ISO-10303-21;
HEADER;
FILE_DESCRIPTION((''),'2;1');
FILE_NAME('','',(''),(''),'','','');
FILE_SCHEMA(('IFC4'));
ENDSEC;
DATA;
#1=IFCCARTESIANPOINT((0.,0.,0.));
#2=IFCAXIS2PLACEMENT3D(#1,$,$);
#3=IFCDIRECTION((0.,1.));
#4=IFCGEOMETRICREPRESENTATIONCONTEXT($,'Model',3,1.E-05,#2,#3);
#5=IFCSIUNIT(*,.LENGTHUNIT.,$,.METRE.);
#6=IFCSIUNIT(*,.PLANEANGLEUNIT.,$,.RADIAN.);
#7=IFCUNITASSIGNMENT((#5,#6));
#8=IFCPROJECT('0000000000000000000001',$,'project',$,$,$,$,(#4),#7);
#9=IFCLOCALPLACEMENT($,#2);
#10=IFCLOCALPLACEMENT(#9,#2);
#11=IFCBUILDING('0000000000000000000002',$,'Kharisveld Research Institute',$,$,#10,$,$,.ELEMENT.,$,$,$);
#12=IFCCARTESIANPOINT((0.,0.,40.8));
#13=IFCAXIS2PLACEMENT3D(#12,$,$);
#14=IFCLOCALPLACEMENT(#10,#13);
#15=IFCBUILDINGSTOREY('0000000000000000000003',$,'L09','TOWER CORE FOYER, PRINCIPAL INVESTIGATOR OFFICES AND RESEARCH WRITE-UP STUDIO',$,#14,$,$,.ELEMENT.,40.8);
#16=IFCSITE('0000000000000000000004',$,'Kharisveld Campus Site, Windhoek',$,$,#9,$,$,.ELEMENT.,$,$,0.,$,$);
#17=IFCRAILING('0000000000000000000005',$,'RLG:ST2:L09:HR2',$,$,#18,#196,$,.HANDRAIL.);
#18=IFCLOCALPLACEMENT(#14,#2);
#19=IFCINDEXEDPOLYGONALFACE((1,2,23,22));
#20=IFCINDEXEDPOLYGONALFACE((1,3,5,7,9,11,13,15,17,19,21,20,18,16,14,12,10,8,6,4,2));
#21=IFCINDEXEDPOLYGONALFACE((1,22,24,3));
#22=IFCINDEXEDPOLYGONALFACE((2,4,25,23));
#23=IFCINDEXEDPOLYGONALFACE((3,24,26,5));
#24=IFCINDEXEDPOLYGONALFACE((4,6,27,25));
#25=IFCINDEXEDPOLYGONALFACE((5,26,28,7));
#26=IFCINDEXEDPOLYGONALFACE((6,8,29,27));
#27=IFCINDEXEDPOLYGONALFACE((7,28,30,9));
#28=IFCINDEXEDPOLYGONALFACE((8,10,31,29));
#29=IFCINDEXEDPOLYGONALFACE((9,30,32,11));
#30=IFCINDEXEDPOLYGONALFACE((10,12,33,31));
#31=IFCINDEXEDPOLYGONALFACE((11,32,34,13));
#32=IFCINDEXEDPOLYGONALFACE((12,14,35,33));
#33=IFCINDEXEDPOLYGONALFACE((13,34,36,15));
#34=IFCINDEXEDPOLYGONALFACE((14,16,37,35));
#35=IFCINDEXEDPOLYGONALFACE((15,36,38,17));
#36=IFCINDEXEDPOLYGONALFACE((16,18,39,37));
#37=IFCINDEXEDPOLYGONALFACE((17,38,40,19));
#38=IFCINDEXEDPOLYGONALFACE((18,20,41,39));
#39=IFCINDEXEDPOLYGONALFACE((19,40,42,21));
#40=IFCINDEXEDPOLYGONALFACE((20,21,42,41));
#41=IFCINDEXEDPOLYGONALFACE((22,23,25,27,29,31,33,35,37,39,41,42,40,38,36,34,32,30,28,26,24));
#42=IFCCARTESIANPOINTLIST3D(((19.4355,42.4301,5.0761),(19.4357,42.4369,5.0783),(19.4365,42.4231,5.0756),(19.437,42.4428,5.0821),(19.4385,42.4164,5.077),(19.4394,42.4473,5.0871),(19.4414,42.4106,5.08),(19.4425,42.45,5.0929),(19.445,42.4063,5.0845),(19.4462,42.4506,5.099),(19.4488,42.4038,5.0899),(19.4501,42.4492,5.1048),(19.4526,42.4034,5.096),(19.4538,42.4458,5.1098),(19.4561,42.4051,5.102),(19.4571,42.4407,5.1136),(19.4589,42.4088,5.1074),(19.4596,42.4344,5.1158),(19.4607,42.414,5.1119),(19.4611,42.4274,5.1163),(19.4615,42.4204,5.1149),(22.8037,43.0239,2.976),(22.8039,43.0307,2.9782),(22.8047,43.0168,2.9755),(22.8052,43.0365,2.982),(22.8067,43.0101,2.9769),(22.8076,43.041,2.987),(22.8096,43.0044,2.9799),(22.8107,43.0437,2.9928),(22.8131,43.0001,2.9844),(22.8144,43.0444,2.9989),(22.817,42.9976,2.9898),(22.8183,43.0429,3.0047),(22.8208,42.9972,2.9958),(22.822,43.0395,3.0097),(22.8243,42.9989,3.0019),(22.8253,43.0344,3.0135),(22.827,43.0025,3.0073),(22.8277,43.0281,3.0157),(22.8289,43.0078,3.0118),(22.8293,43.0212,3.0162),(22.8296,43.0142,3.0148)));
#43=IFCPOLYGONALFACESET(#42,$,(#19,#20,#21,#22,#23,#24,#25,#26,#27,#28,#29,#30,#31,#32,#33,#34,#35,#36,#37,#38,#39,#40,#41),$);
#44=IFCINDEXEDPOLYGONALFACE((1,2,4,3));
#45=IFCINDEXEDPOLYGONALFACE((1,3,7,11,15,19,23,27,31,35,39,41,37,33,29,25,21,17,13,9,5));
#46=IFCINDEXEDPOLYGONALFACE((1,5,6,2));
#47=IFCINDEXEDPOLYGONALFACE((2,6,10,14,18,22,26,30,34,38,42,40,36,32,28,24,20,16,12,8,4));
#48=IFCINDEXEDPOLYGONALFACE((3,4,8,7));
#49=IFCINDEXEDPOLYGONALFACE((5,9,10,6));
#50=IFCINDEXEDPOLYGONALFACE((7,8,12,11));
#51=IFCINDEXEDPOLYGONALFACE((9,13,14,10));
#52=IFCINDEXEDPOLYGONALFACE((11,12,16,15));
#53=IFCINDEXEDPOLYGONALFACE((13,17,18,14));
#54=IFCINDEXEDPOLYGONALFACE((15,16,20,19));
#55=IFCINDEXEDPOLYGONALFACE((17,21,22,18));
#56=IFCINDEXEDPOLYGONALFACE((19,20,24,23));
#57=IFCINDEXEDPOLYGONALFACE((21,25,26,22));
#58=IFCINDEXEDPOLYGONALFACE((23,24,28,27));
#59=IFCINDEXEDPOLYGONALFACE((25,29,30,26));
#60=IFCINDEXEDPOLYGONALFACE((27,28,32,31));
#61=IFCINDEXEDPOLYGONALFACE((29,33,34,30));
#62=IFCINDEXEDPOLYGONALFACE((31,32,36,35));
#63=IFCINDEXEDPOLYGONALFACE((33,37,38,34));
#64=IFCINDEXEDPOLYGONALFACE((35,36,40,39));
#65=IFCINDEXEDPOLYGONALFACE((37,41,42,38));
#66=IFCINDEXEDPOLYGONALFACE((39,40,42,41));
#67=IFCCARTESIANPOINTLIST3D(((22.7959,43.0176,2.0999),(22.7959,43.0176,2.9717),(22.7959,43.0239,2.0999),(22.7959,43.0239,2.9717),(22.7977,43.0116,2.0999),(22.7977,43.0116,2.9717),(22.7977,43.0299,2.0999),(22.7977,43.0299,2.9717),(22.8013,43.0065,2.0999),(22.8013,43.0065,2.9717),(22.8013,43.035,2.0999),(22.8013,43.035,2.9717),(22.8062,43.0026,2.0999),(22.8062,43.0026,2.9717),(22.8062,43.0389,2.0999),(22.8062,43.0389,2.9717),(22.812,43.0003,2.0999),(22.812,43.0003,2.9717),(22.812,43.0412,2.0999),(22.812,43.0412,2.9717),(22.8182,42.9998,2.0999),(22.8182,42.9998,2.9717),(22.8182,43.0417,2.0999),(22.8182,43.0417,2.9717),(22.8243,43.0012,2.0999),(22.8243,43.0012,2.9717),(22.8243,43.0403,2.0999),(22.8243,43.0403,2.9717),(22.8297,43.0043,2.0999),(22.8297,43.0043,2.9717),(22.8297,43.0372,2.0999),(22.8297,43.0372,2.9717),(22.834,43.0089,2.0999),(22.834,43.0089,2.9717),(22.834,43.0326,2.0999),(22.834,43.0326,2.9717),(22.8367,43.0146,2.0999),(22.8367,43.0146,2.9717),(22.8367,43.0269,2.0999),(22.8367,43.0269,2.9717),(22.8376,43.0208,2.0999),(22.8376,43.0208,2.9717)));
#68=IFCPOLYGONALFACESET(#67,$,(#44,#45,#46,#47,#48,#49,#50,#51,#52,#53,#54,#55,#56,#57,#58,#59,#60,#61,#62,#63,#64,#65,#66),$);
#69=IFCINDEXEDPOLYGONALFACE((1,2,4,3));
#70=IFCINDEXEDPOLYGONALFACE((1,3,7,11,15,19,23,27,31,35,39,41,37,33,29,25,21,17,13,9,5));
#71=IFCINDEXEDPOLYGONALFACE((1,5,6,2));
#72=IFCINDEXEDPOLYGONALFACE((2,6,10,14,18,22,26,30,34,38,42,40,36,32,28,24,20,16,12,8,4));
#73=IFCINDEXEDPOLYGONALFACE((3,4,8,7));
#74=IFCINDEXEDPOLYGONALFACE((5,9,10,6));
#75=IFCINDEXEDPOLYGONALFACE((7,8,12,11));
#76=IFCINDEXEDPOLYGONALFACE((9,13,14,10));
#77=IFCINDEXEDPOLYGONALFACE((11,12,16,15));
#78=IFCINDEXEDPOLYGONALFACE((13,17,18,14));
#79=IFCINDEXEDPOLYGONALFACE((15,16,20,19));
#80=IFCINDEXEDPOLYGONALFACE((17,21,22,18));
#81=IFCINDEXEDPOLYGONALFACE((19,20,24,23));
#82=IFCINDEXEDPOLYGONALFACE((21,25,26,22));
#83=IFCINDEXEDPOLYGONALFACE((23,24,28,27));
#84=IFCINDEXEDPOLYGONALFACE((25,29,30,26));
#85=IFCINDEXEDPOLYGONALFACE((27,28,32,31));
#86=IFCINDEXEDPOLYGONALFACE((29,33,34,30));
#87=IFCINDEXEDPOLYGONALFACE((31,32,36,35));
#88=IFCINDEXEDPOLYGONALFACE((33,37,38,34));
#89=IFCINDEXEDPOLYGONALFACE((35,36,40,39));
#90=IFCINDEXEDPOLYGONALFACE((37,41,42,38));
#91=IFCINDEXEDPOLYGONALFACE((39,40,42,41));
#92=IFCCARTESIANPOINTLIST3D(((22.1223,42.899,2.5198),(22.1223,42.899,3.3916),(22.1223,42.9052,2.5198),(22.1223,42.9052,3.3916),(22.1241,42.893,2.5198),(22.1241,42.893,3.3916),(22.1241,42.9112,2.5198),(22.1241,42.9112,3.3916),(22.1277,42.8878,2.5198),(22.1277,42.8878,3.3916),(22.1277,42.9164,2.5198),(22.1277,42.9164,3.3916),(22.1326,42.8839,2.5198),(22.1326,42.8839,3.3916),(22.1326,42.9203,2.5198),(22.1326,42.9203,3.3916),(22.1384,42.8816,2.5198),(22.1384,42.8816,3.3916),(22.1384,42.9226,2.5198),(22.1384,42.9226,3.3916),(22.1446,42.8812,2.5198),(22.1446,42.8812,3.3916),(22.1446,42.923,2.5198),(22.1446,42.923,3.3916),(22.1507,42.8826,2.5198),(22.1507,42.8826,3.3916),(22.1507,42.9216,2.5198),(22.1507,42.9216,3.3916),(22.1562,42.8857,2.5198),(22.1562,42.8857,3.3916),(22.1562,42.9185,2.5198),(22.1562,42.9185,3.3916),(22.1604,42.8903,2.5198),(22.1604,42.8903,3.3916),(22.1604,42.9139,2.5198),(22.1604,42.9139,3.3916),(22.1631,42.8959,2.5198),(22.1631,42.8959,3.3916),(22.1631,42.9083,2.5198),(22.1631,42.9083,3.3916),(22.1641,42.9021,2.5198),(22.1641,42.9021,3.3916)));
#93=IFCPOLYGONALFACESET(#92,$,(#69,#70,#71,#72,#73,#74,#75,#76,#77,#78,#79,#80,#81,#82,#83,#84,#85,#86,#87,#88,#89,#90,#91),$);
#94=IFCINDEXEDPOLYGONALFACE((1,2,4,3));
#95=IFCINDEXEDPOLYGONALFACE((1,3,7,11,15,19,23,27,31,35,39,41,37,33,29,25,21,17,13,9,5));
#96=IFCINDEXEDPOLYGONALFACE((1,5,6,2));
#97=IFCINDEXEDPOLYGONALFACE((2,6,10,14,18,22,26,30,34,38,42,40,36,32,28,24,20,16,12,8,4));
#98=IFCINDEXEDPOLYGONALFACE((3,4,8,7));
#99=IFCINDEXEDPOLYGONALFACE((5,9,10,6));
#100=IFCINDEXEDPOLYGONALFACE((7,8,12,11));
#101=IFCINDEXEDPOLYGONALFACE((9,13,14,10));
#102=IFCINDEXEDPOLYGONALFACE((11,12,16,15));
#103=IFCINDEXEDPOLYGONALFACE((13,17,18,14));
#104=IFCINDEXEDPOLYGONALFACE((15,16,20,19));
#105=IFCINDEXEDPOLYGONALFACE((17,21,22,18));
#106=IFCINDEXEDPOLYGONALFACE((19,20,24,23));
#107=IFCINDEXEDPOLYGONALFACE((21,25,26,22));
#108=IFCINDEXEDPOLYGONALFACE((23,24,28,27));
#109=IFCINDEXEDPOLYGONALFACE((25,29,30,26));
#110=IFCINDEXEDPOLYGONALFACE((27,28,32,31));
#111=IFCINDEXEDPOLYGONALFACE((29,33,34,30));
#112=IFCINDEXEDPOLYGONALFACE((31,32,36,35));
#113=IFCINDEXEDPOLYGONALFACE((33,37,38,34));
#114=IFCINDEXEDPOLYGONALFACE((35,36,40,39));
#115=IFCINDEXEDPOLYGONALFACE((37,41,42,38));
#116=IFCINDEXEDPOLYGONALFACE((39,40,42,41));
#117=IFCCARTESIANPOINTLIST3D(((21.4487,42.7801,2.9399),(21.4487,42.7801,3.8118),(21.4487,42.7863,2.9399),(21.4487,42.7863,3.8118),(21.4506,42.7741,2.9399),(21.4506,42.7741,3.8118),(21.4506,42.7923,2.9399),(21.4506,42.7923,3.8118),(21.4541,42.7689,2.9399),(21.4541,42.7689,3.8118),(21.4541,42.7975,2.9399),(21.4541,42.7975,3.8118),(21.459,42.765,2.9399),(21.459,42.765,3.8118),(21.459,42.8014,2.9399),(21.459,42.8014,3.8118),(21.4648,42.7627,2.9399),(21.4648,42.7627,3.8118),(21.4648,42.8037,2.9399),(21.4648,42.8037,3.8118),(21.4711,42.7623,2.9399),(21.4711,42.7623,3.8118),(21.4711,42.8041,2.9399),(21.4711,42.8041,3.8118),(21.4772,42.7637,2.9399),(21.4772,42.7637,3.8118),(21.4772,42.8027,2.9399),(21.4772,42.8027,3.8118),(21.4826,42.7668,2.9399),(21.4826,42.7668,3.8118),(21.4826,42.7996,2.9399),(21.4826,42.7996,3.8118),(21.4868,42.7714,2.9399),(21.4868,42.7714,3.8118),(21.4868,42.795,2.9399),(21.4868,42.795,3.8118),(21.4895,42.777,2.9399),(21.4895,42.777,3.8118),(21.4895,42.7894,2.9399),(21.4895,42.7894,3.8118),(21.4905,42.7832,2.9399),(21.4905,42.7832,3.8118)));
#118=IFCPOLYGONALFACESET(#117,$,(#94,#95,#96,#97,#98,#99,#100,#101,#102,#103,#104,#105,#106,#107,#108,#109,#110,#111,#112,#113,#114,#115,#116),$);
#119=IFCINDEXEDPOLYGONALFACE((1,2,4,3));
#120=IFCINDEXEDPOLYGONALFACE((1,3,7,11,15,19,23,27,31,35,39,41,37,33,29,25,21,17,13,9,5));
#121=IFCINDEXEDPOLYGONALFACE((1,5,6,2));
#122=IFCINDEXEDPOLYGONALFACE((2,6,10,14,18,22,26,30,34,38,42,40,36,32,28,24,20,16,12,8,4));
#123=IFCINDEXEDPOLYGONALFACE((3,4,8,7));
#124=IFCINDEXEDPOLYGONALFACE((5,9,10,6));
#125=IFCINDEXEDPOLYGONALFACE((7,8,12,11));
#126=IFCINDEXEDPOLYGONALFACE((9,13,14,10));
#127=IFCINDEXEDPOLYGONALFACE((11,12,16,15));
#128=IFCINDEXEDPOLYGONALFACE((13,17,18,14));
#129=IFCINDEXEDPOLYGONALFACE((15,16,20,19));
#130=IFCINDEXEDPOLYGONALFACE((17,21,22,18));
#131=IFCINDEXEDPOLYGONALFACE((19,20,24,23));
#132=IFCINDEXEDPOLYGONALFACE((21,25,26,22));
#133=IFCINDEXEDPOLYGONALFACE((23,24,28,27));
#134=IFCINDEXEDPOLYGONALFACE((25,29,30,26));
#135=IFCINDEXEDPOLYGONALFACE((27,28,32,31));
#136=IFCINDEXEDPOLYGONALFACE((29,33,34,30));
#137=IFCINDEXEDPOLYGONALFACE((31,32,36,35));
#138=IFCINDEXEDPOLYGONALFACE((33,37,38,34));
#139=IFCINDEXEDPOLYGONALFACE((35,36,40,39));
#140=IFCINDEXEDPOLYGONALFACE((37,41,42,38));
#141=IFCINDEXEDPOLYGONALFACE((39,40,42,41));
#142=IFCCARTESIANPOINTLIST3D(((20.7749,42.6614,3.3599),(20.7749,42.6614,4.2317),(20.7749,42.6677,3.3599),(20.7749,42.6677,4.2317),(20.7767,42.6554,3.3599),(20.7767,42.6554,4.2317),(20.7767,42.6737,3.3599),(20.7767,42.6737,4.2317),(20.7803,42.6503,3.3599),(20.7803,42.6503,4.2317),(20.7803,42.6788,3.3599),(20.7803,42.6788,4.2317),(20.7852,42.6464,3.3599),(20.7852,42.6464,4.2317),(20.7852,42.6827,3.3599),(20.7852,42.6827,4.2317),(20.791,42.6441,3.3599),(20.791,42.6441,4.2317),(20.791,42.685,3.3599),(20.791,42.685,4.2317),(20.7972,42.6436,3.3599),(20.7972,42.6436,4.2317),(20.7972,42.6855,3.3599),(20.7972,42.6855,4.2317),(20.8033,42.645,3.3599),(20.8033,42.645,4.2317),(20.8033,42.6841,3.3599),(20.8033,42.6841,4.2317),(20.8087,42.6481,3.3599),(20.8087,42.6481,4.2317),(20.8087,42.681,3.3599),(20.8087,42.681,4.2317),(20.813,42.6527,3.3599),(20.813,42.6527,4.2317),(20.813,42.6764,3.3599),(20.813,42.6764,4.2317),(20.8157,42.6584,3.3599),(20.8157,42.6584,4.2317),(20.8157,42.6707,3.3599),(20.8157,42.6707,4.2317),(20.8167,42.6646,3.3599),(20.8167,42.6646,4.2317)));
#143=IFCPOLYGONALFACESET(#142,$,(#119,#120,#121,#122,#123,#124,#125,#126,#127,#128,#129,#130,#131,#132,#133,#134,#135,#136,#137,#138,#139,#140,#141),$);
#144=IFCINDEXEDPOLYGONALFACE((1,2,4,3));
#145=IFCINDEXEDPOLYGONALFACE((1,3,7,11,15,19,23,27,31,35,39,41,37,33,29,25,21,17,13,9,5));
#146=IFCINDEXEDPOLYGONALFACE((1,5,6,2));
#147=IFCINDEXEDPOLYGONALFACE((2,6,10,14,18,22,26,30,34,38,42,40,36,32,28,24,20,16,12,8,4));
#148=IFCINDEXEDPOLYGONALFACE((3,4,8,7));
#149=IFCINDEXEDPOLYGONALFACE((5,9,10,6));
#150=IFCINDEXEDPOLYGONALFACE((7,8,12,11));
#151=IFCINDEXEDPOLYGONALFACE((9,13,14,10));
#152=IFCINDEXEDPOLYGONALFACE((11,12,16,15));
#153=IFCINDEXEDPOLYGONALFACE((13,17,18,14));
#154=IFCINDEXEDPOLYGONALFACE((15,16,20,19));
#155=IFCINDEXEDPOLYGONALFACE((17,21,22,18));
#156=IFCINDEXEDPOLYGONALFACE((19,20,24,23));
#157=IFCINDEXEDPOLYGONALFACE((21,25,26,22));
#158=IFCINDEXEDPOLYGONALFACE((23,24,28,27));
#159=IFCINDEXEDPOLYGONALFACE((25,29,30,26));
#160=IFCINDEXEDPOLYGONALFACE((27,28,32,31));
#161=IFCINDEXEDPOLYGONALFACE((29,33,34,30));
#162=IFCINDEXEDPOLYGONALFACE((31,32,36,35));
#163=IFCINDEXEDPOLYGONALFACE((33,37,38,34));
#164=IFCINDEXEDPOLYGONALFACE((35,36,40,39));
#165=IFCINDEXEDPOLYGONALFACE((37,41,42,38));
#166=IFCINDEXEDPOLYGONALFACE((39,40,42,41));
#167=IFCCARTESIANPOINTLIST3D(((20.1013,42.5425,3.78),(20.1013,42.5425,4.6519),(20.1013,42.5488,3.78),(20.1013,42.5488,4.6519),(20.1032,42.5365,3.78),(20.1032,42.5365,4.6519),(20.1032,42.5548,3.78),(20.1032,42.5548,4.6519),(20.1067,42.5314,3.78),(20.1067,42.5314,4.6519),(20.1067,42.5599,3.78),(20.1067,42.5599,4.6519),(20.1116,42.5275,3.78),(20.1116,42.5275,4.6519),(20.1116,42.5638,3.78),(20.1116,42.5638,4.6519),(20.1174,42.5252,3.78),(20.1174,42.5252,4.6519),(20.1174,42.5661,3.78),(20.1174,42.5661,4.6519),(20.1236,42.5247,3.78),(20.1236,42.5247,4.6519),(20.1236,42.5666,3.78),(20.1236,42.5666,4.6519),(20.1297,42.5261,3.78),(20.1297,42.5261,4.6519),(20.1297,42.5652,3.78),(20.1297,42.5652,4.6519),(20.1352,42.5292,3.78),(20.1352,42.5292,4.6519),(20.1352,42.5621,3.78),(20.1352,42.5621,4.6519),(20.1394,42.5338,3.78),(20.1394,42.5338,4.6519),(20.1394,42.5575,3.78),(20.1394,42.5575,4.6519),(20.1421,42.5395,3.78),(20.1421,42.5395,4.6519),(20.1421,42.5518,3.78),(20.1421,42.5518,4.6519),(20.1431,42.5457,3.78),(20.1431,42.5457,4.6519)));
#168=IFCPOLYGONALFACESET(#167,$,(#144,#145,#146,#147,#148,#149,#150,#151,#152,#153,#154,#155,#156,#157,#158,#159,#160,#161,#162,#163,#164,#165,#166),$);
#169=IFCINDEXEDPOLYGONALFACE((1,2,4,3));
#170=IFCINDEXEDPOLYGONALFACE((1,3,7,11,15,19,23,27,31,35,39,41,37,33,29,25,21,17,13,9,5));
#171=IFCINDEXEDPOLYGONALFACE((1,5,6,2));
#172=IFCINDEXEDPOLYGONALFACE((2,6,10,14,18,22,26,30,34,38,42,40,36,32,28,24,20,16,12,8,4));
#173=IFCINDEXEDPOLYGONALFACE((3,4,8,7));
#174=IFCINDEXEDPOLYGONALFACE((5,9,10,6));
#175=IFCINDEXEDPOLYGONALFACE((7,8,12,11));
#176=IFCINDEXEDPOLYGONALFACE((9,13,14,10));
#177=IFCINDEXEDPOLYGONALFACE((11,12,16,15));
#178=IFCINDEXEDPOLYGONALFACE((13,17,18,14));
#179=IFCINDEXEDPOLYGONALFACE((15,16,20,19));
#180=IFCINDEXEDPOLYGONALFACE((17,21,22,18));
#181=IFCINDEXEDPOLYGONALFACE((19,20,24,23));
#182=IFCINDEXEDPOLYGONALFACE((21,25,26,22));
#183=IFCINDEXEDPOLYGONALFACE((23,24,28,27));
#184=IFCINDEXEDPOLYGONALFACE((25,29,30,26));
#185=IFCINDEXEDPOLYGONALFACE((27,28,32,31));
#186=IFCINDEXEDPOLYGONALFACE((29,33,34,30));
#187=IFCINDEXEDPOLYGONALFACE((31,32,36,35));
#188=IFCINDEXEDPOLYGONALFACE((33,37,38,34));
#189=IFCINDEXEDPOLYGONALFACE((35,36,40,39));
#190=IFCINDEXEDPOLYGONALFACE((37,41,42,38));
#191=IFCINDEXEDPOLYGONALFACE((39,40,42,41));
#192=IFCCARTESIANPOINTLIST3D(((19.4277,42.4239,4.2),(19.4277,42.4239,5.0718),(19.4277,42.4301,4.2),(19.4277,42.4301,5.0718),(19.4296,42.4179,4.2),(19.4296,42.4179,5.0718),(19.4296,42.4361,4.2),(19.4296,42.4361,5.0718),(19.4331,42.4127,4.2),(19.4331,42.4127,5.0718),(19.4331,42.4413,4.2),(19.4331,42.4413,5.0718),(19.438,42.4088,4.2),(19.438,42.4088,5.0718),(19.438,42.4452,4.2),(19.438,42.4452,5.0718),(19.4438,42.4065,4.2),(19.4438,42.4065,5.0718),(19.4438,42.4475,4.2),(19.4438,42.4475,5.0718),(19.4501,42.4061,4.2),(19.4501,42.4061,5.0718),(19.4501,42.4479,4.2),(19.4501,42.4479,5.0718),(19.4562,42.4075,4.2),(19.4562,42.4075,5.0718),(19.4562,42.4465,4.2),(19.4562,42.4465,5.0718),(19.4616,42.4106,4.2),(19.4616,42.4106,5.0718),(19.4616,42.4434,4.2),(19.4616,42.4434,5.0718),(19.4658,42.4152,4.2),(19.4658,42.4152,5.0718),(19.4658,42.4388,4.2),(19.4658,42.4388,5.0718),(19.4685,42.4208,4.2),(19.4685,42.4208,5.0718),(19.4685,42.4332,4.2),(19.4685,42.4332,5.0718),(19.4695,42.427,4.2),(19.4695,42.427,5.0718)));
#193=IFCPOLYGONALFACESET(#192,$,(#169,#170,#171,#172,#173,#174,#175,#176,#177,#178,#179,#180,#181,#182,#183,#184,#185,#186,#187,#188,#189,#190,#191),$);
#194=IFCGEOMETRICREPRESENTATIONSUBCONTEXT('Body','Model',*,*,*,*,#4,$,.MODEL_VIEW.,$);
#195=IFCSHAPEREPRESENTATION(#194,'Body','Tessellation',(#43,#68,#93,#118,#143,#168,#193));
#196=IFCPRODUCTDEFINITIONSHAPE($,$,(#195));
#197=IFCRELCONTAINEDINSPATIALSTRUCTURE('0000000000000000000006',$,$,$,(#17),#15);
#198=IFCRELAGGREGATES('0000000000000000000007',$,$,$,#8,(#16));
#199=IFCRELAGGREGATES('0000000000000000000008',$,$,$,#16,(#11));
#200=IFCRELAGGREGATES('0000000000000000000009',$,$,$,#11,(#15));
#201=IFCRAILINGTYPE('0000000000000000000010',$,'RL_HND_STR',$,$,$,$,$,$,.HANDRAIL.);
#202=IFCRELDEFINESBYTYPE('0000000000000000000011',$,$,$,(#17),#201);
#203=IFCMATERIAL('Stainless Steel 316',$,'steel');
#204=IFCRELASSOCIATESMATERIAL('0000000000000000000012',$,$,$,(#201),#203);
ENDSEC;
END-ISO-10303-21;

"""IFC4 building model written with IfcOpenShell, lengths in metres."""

from ifc_helpers import new_model, si_unit, direction, frame, origin, origin_2d, place, context, subcontext, project, spatial, circle, extrude, material, type_object, element, save


model = new_model("IFC4")

# Units and contexts
model_context = context("Model", 3, precision=1e-05, world=origin(), true_north=direction((0.0, 1.0)))
body_context = subcontext(model_context, "Body", "Model", "MODEL_VIEW")
ifc_project = project(units=[si_unit("LENGTHUNIT", "METRE"), si_unit("PLANEANGLEUNIT", "RADIAN")], contexts=[model_context])

# Site, building, storey
site_placement = place(None, origin())
site = spatial("IfcSite", under=ifc_project, at=site_placement, Name="Kharisveld Campus Site, Windhoek", CompositionType="ELEMENT", RefElevation=0.0)
building_placement = place(site_placement, origin())
building = spatial("IfcBuilding", under=site, at=building_placement, Name="Kharisveld Research Institute", CompositionType="ELEMENT")
storey_placement = place(building_placement, frame((0.0, 0.0, 40.8)))
storey = spatial("IfcBuildingStorey", under=building, at=storey_placement, Name="L09", Description="TOWER CORE FOYER, PRINCIPAL INVESTIGATOR OFFICES AND RESEARCH WRITE-UP STUDIO", CompositionType="ELEMENT", Elevation=40.8)

# Railing
ifc_material_1 = material(Name="Stainless Steel 316", Category="steel")
railing_type_1 = type_object("IfcRailingType", Name="RL_HND_STR", PredefinedType="HANDRAIL", material=ifc_material_1)
railing_1_placement = place(storey_placement, frame((22.8167, 43.0208, 2.0999)))
element("IfcRailing", 1, at=railing_1_placement, inside=storey, type_object=railing_type_1, Name="RLG:ST2:L09:HR2", PredefinedType="HANDRAIL", context=body_context, shape_type="SweptSolid", body=[
    extrude(circle(Radius=0.0239, at=origin_2d()), frame((0.0, 0.0, 0.896), z_axis=(-0.839227, -0.147941, 0.52327), x_axis=(0.173606, -0.984815, 0.0)), (0.0, 0.0, 1.0), 4.0134),
    extrude(circle(Radius=0.021, at=origin_2d()), origin(), (0.0, 0.0, 1.0), 0.8718),
    extrude(circle(Radius=0.021, at=origin_2d()), frame((-0.6736, -0.1187, 0.4199)), (0.0, 0.0, 1.0), 0.8718),
    extrude(circle(Radius=0.021, at=origin_2d()), frame((-1.3472, -0.2375, 0.8401)), (0.0, 0.0, 1.0), 0.8718),
    extrude(circle(Radius=0.021, at=origin_2d()), frame((-2.021, -0.3562, 1.26)), (0.0, 0.0, 1.0), 0.8718),
    extrude(circle(Radius=0.021, at=origin_2d()), frame((-2.6946, -0.4751, 1.6802)), (0.0, 0.0, 1.0), 0.8718),
    extrude(circle(Radius=0.021, at=origin_2d()), frame((-3.3682, -0.5938, 2.1001)), (0.0, 0.0, 1.0), 0.8718),
])

save(model, "model.ifc")
